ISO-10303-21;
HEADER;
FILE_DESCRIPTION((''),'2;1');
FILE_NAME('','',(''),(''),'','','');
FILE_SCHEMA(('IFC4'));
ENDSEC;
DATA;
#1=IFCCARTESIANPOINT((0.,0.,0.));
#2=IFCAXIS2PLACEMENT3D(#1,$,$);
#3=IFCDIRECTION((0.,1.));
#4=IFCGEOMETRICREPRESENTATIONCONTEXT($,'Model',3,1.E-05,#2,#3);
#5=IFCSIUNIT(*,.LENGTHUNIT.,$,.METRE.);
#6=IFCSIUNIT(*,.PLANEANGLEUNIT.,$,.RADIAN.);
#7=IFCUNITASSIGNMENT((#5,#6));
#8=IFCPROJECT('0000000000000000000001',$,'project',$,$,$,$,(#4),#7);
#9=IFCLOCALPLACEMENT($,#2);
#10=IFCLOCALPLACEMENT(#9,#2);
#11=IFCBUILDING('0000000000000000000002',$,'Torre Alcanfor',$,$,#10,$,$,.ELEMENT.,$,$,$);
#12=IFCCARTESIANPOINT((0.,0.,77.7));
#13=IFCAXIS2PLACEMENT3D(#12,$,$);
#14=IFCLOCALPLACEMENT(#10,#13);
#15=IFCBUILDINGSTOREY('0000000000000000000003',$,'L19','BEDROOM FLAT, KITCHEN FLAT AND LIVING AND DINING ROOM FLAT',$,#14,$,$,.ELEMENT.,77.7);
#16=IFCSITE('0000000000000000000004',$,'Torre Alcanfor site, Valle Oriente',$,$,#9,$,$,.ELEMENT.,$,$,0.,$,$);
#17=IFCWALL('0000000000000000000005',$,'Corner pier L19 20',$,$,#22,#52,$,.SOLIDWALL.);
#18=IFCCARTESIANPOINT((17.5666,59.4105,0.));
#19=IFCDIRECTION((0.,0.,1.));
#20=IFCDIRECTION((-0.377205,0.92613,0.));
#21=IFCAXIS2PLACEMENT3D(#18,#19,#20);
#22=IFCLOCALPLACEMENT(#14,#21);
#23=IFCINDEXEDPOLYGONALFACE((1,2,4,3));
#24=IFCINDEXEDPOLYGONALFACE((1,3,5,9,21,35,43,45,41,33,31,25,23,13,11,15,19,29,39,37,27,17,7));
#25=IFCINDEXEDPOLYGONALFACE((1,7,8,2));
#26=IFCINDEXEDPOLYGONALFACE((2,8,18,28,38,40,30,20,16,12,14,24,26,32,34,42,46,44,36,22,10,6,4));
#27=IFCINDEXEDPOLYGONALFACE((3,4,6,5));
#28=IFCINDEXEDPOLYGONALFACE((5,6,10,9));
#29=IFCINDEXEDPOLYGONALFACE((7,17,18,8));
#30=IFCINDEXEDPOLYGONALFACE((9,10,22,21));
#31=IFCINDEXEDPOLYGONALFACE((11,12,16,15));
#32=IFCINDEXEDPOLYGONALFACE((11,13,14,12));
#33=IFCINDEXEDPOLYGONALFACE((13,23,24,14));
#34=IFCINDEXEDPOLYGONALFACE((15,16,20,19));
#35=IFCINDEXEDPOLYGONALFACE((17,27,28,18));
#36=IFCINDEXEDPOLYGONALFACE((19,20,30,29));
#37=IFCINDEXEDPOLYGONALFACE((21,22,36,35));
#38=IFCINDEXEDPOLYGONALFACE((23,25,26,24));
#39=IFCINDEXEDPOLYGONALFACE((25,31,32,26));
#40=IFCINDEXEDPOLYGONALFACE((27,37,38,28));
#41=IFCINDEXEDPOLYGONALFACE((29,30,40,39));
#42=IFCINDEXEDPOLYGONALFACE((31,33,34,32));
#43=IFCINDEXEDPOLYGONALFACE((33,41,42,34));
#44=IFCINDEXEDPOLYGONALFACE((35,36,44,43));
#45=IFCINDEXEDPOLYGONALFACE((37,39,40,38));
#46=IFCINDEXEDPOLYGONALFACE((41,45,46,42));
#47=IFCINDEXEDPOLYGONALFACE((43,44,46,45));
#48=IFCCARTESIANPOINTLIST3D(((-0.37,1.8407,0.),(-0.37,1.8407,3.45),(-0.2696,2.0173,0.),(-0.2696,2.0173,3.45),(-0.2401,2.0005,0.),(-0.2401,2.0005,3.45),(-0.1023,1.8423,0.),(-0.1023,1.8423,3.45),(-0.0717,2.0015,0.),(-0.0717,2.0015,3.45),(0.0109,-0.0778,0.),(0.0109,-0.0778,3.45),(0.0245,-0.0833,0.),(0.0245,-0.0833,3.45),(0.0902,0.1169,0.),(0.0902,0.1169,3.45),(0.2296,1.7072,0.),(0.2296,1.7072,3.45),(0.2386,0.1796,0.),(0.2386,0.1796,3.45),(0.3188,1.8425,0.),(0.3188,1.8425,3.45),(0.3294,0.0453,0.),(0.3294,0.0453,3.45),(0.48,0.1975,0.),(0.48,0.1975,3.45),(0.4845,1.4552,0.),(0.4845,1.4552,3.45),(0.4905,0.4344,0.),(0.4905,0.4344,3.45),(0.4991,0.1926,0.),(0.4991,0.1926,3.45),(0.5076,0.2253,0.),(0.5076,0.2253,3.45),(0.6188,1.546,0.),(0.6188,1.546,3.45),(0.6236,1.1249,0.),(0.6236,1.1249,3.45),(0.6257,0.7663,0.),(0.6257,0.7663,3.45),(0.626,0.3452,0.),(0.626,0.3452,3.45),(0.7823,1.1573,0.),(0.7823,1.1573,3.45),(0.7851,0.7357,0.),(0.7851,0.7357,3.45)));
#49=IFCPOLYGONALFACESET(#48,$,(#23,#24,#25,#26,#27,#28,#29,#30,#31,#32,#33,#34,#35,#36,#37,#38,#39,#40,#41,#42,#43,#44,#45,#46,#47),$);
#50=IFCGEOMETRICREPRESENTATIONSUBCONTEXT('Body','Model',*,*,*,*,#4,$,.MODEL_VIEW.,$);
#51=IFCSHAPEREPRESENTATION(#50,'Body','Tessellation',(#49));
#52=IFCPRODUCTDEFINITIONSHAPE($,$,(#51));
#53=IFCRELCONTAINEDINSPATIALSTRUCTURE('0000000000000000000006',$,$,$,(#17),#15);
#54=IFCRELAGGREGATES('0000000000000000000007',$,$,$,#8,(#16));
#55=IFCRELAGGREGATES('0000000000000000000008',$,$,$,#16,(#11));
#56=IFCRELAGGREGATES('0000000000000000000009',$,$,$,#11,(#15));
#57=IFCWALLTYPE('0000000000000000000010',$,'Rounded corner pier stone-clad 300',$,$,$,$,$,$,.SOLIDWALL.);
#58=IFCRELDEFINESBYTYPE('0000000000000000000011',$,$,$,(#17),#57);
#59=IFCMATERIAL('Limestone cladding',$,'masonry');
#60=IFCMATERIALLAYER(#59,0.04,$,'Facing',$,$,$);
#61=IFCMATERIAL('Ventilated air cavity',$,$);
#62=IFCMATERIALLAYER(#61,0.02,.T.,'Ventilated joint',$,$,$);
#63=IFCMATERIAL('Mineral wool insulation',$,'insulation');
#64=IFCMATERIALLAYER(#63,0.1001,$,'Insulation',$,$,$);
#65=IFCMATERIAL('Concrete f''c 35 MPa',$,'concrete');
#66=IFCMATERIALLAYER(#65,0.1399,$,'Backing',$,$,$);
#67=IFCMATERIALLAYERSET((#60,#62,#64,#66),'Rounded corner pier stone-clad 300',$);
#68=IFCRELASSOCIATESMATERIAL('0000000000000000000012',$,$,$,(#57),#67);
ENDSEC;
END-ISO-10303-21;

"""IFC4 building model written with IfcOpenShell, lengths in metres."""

from ifc_helpers import new_model, si_unit, direction, frame, origin, place, context, subcontext, project, spatial, polyline, outline, extrude, material, layer, layer_set, type_object, element, save


model = new_model("IFC4")

# Units and contexts
model_context = context("Model", 3, precision=1e-05, world=origin(), true_north=direction((0.0, 1.0)))
body_context = subcontext(model_context, "Body", "Model", "MODEL_VIEW")
ifc_project = project(units=[si_unit("LENGTHUNIT", "METRE"), si_unit("PLANEANGLEUNIT", "RADIAN")], contexts=[model_context])

# Site, building, storey
site_placement = place(None, origin())
site = spatial("IfcSite", under=ifc_project, at=site_placement, Name="Torre Alcanfor site, Valle Oriente", CompositionType="ELEMENT", RefElevation=0.0)
building_placement = place(site_placement, origin())
building = spatial("IfcBuilding", under=site, at=building_placement, Name="Torre Alcanfor", CompositionType="ELEMENT")
storey_placement = place(building_placement, frame((0.0, 0.0, 77.7)))
storey = spatial("IfcBuildingStorey", under=building, at=storey_placement, Name="L19", Description="BEDROOM FLAT, KITCHEN FLAT AND LIVING AND DINING ROOM FLAT", CompositionType="ELEMENT", Elevation=77.7)

# Wall
ifc_material_1 = material(Name="Limestone cladding", Category="masonry")
ifc_layer_1 = layer(ifc_material_1, 0.04, Name="Facing")
ifc_material_2 = material(Name="Ventilated air cavity")
ifc_layer_2 = layer(ifc_material_2, 0.02, ventilated=True, Name="Ventilated joint")
ifc_material_3 = material(Name="Mineral wool insulation", Category="insulation")
ifc_layer_3 = layer(ifc_material_3, 0.1001, Name="Insulation")
ifc_material_4 = material(Name="Concrete f'c 35 MPa", Category="concrete")
ifc_layer_4 = layer(ifc_material_4, 0.1399, Name="Backing")
ifc_layer_set_1 = layer_set([ifc_layer_1, ifc_layer_2, ifc_layer_3, ifc_layer_4], Name="Rounded corner pier stone-clad 300")
wall_type_1 = type_object("IfcWallType", Name="Rounded corner pier stone-clad 300", PredefinedType="SOLIDWALL", material=ifc_layer_set_1)
wall_1_placement = place(storey_placement, frame((17.5666, 59.4105, 0.0), z_axis=(0.0, 0.0, 1.0), x_axis=(-0.377205, 0.92613, 0.0)))
element("IfcWall", 1, at=wall_1_placement, inside=storey, type_object=wall_type_1, Name="Corner pier L19 20", PredefinedType="SOLIDWALL", context=body_context, shape_type="SweptSolid", body=[
    extrude(outline(polyline([(-0.2696, 2.0173), (-0.37, 1.8407), (-0.1023, 1.8423), (0.2296, 1.7072), (0.4845, 1.4552), (0.6236, 1.1249), (0.6257, 0.7663), (0.4905, 0.4344), (0.2386, 0.1796), (0.0902, 0.1169), (0.0109, -0.0778), (0.0245, -0.0833), (0.3294, 0.0453), (0.48, 0.1975), (0.4991, 0.1926), (0.5076, 0.2253), (0.626, 0.3452), (0.7851, 0.7357), (0.7823, 1.1573), (0.6188, 1.546), (0.3188, 1.8425), (-0.0717, 2.0015), (-0.2401, 2.0005), (-0.2696, 2.0173)])), origin(), (0.0, 0.0, 1.0), 3.45),
])

save(model, "model.ifc")
